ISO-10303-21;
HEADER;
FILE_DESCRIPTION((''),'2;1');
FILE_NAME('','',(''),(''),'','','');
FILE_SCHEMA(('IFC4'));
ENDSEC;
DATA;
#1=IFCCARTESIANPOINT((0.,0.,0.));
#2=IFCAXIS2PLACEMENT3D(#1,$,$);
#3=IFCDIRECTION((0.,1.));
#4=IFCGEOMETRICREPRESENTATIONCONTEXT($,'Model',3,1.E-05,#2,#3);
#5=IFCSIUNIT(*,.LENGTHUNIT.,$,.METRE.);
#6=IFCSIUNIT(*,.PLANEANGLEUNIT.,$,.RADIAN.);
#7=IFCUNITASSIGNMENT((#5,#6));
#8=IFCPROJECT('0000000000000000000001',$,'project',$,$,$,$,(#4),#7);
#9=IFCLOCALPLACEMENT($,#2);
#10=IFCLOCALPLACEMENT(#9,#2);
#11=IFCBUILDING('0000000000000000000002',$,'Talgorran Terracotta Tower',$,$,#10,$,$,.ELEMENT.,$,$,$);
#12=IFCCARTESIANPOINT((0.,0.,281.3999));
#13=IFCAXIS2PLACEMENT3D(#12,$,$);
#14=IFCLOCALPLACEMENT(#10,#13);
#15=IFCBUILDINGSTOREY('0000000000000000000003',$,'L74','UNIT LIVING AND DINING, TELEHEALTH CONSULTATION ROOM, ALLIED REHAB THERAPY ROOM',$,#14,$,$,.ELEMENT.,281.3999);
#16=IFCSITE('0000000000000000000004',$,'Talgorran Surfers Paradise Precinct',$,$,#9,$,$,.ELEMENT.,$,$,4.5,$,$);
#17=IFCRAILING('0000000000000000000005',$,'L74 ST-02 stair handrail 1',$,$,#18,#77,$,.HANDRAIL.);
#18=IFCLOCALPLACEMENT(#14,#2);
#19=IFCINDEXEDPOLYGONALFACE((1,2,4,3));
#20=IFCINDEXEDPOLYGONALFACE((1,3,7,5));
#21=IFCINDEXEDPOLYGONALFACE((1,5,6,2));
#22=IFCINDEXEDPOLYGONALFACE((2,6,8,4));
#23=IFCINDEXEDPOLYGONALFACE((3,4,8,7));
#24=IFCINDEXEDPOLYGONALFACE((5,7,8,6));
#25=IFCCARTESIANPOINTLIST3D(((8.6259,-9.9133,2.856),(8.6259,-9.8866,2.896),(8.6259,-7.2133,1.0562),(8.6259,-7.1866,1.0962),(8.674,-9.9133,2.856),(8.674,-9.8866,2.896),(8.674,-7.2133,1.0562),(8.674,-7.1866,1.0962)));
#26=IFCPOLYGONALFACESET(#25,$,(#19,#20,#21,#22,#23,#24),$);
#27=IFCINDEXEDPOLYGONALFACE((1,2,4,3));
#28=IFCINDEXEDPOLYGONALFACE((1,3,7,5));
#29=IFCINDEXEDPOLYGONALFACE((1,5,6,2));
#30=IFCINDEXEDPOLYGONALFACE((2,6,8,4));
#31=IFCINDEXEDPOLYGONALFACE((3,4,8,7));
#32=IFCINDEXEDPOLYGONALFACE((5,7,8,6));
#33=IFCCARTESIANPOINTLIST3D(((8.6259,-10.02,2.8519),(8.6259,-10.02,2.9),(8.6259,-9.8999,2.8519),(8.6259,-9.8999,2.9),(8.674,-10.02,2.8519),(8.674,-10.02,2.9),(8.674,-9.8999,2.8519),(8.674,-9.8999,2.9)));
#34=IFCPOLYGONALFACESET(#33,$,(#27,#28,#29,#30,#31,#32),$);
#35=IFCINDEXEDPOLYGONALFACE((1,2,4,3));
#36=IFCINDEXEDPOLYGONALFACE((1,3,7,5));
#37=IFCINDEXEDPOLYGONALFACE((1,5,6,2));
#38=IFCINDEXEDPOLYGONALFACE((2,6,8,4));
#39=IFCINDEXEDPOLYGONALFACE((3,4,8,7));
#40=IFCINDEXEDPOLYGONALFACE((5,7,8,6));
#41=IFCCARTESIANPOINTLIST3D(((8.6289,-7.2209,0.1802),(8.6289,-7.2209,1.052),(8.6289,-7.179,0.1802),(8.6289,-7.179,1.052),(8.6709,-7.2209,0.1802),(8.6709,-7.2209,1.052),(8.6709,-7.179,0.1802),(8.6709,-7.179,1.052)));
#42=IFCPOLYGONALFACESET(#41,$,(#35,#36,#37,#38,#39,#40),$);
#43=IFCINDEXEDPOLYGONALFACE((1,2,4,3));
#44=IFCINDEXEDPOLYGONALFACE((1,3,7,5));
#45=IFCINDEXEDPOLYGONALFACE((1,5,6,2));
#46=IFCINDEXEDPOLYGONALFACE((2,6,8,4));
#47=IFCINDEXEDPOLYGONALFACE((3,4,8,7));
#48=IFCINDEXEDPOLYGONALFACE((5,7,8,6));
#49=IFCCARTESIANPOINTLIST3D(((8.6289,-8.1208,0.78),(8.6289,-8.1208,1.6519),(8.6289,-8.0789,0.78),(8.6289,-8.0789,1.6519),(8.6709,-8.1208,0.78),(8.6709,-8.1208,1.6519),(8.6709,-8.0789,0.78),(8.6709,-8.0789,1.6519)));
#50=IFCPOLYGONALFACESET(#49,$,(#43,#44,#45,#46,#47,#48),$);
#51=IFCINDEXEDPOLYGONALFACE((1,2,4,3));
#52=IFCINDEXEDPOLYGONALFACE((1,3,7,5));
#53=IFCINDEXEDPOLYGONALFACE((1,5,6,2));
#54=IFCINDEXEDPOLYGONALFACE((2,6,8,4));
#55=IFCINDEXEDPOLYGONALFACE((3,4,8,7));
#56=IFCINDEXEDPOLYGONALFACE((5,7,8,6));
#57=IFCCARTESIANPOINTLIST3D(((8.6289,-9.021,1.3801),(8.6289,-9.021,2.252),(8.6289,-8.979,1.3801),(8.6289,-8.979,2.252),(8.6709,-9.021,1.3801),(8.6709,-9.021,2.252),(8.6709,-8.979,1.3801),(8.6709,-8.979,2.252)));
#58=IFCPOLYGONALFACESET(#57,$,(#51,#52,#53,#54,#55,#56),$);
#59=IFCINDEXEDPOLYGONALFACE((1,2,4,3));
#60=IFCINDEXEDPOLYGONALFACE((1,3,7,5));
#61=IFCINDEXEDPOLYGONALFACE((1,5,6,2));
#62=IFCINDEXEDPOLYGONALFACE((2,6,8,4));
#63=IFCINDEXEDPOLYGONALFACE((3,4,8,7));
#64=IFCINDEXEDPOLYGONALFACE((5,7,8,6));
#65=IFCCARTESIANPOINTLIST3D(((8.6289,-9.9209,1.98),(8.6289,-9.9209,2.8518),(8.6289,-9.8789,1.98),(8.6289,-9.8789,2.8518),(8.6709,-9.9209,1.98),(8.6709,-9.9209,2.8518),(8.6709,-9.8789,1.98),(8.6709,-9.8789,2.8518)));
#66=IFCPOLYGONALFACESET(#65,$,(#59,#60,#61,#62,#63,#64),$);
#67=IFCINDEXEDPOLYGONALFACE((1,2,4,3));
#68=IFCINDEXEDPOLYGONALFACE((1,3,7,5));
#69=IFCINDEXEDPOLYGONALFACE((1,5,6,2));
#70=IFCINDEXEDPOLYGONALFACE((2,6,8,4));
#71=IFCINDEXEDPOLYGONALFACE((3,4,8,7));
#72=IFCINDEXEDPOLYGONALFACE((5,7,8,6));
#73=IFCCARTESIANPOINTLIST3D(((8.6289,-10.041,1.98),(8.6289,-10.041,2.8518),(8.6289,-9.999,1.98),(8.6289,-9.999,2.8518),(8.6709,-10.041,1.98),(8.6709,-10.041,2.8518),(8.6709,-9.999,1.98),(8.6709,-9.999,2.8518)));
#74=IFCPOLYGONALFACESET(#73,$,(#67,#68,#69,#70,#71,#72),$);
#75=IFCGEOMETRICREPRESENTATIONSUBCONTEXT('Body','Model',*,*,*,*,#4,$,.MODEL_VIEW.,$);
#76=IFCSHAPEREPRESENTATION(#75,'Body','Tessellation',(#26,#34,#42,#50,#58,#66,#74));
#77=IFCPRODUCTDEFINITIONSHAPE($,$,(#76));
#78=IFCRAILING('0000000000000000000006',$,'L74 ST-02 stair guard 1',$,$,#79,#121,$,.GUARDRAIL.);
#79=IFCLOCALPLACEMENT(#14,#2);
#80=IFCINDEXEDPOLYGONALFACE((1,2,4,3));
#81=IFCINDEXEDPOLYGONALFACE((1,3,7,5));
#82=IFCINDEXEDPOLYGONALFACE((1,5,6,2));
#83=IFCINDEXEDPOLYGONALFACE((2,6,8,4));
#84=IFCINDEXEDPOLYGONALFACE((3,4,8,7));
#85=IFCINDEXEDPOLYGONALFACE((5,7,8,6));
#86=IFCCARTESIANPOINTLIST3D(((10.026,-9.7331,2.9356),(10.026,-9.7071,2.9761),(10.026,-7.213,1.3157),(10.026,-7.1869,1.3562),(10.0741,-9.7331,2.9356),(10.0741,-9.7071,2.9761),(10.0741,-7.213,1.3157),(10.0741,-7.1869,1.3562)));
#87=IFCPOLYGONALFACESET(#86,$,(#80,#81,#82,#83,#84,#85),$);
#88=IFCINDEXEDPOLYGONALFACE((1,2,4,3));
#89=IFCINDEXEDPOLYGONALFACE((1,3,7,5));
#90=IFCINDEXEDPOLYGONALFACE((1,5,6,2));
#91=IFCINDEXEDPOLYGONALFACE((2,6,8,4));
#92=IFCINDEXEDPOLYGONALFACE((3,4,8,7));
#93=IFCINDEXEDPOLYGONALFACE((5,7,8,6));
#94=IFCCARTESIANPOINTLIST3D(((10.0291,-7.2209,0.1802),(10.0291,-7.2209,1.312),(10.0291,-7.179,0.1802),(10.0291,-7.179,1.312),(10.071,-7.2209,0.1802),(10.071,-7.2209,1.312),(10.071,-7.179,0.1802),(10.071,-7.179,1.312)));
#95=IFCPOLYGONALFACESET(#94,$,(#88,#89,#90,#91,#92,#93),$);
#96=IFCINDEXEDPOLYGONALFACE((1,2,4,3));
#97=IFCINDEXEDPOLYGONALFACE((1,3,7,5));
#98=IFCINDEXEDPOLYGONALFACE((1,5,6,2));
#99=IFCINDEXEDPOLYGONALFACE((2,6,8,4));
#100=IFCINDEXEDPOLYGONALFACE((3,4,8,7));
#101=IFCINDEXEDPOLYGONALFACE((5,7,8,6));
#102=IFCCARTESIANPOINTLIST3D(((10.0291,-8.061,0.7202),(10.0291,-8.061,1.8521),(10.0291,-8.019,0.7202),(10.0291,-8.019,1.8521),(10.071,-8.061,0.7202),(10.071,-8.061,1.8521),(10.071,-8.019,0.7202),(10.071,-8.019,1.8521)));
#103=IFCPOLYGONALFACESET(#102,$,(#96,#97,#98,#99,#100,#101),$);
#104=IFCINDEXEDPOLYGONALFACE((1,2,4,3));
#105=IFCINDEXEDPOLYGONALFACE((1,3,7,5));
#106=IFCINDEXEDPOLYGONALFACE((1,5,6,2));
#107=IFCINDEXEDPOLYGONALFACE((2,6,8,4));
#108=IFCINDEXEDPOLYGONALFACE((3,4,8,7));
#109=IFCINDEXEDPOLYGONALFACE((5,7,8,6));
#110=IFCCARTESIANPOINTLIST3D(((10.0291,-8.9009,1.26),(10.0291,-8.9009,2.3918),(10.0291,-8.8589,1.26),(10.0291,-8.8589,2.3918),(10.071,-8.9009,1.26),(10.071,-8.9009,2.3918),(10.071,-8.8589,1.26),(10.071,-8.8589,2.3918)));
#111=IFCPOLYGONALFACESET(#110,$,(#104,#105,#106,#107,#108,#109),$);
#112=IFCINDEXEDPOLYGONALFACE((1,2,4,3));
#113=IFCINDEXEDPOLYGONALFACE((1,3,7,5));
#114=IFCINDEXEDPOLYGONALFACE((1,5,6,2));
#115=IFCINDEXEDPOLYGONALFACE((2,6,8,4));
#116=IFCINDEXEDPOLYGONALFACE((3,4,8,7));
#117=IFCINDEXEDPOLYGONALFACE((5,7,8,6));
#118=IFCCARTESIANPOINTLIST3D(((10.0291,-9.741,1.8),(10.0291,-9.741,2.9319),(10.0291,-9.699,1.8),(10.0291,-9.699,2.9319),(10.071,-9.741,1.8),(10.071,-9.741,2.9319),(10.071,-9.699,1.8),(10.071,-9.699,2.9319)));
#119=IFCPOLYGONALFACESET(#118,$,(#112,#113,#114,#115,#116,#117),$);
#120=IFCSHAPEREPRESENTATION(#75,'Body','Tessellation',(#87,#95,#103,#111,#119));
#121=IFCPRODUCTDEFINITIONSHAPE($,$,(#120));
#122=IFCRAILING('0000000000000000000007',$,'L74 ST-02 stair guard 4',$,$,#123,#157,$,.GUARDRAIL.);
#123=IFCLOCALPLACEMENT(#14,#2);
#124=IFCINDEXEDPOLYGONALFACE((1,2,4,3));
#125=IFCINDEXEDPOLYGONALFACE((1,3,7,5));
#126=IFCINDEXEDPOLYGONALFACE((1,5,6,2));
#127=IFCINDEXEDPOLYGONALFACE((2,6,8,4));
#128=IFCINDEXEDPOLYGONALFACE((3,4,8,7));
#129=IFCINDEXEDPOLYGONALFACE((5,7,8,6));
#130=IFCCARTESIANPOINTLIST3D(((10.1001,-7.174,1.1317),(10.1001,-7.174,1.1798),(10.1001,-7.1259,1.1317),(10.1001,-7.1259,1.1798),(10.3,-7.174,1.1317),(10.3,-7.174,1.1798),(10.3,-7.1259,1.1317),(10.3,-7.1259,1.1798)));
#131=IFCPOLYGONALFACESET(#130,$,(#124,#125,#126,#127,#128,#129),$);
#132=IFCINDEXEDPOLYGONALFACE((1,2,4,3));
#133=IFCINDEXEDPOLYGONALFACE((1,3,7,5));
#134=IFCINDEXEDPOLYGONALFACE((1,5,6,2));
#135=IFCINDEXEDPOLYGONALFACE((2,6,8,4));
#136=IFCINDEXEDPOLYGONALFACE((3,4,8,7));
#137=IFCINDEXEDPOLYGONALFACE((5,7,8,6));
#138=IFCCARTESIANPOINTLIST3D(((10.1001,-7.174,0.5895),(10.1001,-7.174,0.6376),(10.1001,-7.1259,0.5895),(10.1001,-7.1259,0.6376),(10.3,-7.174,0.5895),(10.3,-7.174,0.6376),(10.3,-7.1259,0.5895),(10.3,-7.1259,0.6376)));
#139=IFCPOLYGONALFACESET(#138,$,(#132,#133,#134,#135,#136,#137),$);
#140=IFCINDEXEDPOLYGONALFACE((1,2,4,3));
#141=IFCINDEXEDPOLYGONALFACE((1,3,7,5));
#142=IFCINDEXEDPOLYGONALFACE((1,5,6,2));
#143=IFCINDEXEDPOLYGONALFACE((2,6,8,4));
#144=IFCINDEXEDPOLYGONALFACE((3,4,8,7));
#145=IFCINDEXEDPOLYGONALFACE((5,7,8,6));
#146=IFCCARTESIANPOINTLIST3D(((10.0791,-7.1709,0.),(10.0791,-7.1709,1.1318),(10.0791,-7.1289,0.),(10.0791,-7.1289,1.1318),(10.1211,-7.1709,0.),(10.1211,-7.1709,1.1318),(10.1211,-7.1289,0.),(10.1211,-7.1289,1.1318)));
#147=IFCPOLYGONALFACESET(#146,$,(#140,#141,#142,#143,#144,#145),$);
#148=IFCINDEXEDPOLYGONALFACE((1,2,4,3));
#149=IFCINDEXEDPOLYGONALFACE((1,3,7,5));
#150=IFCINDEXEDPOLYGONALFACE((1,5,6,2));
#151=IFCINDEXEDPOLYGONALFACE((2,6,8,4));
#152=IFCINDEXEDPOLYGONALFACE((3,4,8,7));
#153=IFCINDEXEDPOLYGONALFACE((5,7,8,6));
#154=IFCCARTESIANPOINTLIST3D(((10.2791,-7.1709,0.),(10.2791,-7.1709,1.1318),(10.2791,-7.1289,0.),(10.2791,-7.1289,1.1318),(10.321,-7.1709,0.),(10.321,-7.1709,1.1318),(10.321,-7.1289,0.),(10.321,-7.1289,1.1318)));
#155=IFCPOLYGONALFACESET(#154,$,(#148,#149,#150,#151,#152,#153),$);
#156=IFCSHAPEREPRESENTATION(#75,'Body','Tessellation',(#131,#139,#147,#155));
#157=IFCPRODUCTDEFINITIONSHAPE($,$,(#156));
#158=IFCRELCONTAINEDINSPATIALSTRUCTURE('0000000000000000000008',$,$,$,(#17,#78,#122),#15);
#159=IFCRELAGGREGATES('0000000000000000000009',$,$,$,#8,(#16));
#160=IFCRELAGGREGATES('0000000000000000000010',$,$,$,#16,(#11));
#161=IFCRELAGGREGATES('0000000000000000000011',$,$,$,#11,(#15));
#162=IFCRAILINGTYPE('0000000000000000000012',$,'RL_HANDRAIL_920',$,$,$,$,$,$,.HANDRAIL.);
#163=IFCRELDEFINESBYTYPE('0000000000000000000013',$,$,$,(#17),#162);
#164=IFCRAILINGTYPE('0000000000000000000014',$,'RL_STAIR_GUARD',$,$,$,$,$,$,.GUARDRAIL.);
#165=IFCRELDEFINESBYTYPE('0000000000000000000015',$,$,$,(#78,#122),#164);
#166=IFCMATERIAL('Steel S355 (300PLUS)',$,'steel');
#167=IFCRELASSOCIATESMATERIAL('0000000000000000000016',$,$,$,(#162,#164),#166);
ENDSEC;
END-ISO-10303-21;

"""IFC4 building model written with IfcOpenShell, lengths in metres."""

from ifc_helpers import new_model, si_unit, direction, frame, origin, origin_2d, place, context, subcontext, project, spatial, rectangle, extrude, material, type_object, element, save


model = new_model("IFC4")

# Units and contexts
model_context = context("Model", 3, precision=1e-05, world=origin(), true_north=direction((0.0, 1.0)))
body_context = subcontext(model_context, "Body", "Model", "MODEL_VIEW")
ifc_project = project(units=[si_unit("LENGTHUNIT", "METRE"), si_unit("PLANEANGLEUNIT", "RADIAN")], contexts=[model_context])

# Site, building, storey
site_placement = place(None, origin())
site = spatial("IfcSite", under=ifc_project, at=site_placement, Name="Talgorran Surfers Paradise Precinct", CompositionType="ELEMENT", RefElevation=4.5)
building_placement = place(site_placement, origin())
building = spatial("IfcBuilding", under=site, at=building_placement, Name="Talgorran Terracotta Tower", CompositionType="ELEMENT")
storey_placement = place(building_placement, frame((0.0, 0.0, 281.3999)))
storey = spatial("IfcBuildingStorey", under=building, at=storey_placement, Name="L74", Description="UNIT LIVING AND DINING, TELEHEALTH CONSULTATION ROOM, ALLIED REHAB THERAPY ROOM", CompositionType="ELEMENT", Elevation=281.3999)

# Shared definitions
ifc_material_1 = material(Name="Steel S355 (300PLUS)", Category="steel")

# Railings
railing_type_1 = type_object("IfcRailingType", Name="RL_HANDRAIL_920", PredefinedType="HANDRAIL", material=ifc_material_1)
railing_1_placement = place(storey_placement, frame((8.6499, -7.2, 0.1802)))
element("IfcRailing", 1, at=railing_1_placement, inside=storey, type_object=railing_type_1, Name="L74 ST-02 stair handrail 1", PredefinedType="HANDRAIL", context=body_context, shape_type="SweptSolid", body=[
    extrude(rectangle(XDim=0.0481, YDim=0.0481, at=origin_2d()), frame((0.0, 0.0, 0.896), z_axis=(0.0, -0.832073, 0.554665), x_axis=(1.0, 0.0, 0.0)), (0.0, 0.0, 1.0), 3.2449),
    extrude(rectangle(XDim=0.0481, YDim=0.0481, at=origin_2d()), frame((0.0, -2.7, 2.6958), z_axis=(0.0, -1.0, 0.0), x_axis=(1.0, 0.0, 0.0)), (0.0, 0.0, 1.0), 0.1201),
    extrude(rectangle(XDim=0.042, YDim=0.042, at=origin_2d()), origin(), (0.0, 0.0, 1.0), 0.8718),
    extrude(rectangle(XDim=0.042, YDim=0.042, at=origin_2d()), frame((0.0, -0.8999, 0.5999)), (0.0, 0.0, 1.0), 0.8718),
    extrude(rectangle(XDim=0.042, YDim=0.042, at=origin_2d()), frame((0.0, -1.8, 1.2)), (0.0, 0.0, 1.0), 0.8718),
    extrude(rectangle(XDim=0.042, YDim=0.042, at=origin_2d()), frame((0.0, -2.7, 1.7998)), (0.0, 0.0, 1.0), 0.8718),
    extrude(rectangle(XDim=0.042, YDim=0.042, at=origin_2d()), frame((0.0, -2.8201, 1.7998)), (0.0, 0.0, 1.0), 0.8718),
])
railing_type_2 = type_object("IfcRailingType", Name="RL_STAIR_GUARD", PredefinedType="GUARDRAIL", material=ifc_material_1)
railing_2_placement = place(storey_placement, frame((10.05, -7.2, 0.1802)))
element("IfcRailing", 2, at=railing_2_placement, inside=storey, type_object=railing_type_2, Name="L74 ST-02 stair guard 1", PredefinedType="GUARDRAIL", context=body_context, shape_type="SweptSolid", body=[
    extrude(rectangle(XDim=0.0481, YDim=0.0481, at=origin_2d()), frame((0.0, 0.0, 1.1558), z_axis=(0.0, -0.8412, 0.540725), x_axis=(1.0, 0.0, 0.0)), (0.0, 0.0, 1.0), 2.9958),
    extrude(rectangle(XDim=0.042, YDim=0.042, at=origin_2d()), origin(), (0.0, 0.0, 1.0), 1.1318),
    extrude(rectangle(XDim=0.042, YDim=0.042, at=origin_2d()), frame((0.0, -0.8401, 0.54)), (0.0, 0.0, 1.0), 1.1318),
    extrude(rectangle(XDim=0.042, YDim=0.042, at=origin_2d()), frame((0.0, -1.6799, 1.0798)), (0.0, 0.0, 1.0), 1.1318),
    extrude(rectangle(XDim=0.042, YDim=0.042, at=origin_2d()), frame((0.0, -2.52, 1.6199)), (0.0, 0.0, 1.0), 1.1318),
])
railing_3_placement = place(storey_placement, frame((10.1001, -7.1499, 0.0)))
element("IfcRailing", 3, at=railing_3_placement, inside=storey, type_object=railing_type_2, Name="L74 ST-02 stair guard 4", PredefinedType="GUARDRAIL", context=body_context, shape_type="SweptSolid", body=[
    extrude(rectangle(XDim=0.0481, YDim=0.0481, at=origin_2d()), frame((0.0, 0.0, 1.1558), z_axis=(1.0, 0.0, 0.0), x_axis=(0.0, 1.0, 0.0)), (0.0, 0.0, 1.0), 0.2),
    extrude(rectangle(XDim=0.0481, YDim=0.0481, at=origin_2d()), frame((0.0, 0.0, 0.6135), z_axis=(1.0, 0.0, 0.0), x_axis=(0.0, 1.0, 0.0)), (0.0, 0.0, 1.0), 0.2),
    extrude(rectangle(XDim=0.042, YDim=0.042, at=origin_2d()), origin(), (0.0, 0.0, 1.0), 1.1318),
    extrude(rectangle(XDim=0.042, YDim=0.042, at=origin_2d()), frame((0.2, 0.0, 0.0)), (0.0, 0.0, 1.0), 1.1318),
])

save(model, "model.ifc")
